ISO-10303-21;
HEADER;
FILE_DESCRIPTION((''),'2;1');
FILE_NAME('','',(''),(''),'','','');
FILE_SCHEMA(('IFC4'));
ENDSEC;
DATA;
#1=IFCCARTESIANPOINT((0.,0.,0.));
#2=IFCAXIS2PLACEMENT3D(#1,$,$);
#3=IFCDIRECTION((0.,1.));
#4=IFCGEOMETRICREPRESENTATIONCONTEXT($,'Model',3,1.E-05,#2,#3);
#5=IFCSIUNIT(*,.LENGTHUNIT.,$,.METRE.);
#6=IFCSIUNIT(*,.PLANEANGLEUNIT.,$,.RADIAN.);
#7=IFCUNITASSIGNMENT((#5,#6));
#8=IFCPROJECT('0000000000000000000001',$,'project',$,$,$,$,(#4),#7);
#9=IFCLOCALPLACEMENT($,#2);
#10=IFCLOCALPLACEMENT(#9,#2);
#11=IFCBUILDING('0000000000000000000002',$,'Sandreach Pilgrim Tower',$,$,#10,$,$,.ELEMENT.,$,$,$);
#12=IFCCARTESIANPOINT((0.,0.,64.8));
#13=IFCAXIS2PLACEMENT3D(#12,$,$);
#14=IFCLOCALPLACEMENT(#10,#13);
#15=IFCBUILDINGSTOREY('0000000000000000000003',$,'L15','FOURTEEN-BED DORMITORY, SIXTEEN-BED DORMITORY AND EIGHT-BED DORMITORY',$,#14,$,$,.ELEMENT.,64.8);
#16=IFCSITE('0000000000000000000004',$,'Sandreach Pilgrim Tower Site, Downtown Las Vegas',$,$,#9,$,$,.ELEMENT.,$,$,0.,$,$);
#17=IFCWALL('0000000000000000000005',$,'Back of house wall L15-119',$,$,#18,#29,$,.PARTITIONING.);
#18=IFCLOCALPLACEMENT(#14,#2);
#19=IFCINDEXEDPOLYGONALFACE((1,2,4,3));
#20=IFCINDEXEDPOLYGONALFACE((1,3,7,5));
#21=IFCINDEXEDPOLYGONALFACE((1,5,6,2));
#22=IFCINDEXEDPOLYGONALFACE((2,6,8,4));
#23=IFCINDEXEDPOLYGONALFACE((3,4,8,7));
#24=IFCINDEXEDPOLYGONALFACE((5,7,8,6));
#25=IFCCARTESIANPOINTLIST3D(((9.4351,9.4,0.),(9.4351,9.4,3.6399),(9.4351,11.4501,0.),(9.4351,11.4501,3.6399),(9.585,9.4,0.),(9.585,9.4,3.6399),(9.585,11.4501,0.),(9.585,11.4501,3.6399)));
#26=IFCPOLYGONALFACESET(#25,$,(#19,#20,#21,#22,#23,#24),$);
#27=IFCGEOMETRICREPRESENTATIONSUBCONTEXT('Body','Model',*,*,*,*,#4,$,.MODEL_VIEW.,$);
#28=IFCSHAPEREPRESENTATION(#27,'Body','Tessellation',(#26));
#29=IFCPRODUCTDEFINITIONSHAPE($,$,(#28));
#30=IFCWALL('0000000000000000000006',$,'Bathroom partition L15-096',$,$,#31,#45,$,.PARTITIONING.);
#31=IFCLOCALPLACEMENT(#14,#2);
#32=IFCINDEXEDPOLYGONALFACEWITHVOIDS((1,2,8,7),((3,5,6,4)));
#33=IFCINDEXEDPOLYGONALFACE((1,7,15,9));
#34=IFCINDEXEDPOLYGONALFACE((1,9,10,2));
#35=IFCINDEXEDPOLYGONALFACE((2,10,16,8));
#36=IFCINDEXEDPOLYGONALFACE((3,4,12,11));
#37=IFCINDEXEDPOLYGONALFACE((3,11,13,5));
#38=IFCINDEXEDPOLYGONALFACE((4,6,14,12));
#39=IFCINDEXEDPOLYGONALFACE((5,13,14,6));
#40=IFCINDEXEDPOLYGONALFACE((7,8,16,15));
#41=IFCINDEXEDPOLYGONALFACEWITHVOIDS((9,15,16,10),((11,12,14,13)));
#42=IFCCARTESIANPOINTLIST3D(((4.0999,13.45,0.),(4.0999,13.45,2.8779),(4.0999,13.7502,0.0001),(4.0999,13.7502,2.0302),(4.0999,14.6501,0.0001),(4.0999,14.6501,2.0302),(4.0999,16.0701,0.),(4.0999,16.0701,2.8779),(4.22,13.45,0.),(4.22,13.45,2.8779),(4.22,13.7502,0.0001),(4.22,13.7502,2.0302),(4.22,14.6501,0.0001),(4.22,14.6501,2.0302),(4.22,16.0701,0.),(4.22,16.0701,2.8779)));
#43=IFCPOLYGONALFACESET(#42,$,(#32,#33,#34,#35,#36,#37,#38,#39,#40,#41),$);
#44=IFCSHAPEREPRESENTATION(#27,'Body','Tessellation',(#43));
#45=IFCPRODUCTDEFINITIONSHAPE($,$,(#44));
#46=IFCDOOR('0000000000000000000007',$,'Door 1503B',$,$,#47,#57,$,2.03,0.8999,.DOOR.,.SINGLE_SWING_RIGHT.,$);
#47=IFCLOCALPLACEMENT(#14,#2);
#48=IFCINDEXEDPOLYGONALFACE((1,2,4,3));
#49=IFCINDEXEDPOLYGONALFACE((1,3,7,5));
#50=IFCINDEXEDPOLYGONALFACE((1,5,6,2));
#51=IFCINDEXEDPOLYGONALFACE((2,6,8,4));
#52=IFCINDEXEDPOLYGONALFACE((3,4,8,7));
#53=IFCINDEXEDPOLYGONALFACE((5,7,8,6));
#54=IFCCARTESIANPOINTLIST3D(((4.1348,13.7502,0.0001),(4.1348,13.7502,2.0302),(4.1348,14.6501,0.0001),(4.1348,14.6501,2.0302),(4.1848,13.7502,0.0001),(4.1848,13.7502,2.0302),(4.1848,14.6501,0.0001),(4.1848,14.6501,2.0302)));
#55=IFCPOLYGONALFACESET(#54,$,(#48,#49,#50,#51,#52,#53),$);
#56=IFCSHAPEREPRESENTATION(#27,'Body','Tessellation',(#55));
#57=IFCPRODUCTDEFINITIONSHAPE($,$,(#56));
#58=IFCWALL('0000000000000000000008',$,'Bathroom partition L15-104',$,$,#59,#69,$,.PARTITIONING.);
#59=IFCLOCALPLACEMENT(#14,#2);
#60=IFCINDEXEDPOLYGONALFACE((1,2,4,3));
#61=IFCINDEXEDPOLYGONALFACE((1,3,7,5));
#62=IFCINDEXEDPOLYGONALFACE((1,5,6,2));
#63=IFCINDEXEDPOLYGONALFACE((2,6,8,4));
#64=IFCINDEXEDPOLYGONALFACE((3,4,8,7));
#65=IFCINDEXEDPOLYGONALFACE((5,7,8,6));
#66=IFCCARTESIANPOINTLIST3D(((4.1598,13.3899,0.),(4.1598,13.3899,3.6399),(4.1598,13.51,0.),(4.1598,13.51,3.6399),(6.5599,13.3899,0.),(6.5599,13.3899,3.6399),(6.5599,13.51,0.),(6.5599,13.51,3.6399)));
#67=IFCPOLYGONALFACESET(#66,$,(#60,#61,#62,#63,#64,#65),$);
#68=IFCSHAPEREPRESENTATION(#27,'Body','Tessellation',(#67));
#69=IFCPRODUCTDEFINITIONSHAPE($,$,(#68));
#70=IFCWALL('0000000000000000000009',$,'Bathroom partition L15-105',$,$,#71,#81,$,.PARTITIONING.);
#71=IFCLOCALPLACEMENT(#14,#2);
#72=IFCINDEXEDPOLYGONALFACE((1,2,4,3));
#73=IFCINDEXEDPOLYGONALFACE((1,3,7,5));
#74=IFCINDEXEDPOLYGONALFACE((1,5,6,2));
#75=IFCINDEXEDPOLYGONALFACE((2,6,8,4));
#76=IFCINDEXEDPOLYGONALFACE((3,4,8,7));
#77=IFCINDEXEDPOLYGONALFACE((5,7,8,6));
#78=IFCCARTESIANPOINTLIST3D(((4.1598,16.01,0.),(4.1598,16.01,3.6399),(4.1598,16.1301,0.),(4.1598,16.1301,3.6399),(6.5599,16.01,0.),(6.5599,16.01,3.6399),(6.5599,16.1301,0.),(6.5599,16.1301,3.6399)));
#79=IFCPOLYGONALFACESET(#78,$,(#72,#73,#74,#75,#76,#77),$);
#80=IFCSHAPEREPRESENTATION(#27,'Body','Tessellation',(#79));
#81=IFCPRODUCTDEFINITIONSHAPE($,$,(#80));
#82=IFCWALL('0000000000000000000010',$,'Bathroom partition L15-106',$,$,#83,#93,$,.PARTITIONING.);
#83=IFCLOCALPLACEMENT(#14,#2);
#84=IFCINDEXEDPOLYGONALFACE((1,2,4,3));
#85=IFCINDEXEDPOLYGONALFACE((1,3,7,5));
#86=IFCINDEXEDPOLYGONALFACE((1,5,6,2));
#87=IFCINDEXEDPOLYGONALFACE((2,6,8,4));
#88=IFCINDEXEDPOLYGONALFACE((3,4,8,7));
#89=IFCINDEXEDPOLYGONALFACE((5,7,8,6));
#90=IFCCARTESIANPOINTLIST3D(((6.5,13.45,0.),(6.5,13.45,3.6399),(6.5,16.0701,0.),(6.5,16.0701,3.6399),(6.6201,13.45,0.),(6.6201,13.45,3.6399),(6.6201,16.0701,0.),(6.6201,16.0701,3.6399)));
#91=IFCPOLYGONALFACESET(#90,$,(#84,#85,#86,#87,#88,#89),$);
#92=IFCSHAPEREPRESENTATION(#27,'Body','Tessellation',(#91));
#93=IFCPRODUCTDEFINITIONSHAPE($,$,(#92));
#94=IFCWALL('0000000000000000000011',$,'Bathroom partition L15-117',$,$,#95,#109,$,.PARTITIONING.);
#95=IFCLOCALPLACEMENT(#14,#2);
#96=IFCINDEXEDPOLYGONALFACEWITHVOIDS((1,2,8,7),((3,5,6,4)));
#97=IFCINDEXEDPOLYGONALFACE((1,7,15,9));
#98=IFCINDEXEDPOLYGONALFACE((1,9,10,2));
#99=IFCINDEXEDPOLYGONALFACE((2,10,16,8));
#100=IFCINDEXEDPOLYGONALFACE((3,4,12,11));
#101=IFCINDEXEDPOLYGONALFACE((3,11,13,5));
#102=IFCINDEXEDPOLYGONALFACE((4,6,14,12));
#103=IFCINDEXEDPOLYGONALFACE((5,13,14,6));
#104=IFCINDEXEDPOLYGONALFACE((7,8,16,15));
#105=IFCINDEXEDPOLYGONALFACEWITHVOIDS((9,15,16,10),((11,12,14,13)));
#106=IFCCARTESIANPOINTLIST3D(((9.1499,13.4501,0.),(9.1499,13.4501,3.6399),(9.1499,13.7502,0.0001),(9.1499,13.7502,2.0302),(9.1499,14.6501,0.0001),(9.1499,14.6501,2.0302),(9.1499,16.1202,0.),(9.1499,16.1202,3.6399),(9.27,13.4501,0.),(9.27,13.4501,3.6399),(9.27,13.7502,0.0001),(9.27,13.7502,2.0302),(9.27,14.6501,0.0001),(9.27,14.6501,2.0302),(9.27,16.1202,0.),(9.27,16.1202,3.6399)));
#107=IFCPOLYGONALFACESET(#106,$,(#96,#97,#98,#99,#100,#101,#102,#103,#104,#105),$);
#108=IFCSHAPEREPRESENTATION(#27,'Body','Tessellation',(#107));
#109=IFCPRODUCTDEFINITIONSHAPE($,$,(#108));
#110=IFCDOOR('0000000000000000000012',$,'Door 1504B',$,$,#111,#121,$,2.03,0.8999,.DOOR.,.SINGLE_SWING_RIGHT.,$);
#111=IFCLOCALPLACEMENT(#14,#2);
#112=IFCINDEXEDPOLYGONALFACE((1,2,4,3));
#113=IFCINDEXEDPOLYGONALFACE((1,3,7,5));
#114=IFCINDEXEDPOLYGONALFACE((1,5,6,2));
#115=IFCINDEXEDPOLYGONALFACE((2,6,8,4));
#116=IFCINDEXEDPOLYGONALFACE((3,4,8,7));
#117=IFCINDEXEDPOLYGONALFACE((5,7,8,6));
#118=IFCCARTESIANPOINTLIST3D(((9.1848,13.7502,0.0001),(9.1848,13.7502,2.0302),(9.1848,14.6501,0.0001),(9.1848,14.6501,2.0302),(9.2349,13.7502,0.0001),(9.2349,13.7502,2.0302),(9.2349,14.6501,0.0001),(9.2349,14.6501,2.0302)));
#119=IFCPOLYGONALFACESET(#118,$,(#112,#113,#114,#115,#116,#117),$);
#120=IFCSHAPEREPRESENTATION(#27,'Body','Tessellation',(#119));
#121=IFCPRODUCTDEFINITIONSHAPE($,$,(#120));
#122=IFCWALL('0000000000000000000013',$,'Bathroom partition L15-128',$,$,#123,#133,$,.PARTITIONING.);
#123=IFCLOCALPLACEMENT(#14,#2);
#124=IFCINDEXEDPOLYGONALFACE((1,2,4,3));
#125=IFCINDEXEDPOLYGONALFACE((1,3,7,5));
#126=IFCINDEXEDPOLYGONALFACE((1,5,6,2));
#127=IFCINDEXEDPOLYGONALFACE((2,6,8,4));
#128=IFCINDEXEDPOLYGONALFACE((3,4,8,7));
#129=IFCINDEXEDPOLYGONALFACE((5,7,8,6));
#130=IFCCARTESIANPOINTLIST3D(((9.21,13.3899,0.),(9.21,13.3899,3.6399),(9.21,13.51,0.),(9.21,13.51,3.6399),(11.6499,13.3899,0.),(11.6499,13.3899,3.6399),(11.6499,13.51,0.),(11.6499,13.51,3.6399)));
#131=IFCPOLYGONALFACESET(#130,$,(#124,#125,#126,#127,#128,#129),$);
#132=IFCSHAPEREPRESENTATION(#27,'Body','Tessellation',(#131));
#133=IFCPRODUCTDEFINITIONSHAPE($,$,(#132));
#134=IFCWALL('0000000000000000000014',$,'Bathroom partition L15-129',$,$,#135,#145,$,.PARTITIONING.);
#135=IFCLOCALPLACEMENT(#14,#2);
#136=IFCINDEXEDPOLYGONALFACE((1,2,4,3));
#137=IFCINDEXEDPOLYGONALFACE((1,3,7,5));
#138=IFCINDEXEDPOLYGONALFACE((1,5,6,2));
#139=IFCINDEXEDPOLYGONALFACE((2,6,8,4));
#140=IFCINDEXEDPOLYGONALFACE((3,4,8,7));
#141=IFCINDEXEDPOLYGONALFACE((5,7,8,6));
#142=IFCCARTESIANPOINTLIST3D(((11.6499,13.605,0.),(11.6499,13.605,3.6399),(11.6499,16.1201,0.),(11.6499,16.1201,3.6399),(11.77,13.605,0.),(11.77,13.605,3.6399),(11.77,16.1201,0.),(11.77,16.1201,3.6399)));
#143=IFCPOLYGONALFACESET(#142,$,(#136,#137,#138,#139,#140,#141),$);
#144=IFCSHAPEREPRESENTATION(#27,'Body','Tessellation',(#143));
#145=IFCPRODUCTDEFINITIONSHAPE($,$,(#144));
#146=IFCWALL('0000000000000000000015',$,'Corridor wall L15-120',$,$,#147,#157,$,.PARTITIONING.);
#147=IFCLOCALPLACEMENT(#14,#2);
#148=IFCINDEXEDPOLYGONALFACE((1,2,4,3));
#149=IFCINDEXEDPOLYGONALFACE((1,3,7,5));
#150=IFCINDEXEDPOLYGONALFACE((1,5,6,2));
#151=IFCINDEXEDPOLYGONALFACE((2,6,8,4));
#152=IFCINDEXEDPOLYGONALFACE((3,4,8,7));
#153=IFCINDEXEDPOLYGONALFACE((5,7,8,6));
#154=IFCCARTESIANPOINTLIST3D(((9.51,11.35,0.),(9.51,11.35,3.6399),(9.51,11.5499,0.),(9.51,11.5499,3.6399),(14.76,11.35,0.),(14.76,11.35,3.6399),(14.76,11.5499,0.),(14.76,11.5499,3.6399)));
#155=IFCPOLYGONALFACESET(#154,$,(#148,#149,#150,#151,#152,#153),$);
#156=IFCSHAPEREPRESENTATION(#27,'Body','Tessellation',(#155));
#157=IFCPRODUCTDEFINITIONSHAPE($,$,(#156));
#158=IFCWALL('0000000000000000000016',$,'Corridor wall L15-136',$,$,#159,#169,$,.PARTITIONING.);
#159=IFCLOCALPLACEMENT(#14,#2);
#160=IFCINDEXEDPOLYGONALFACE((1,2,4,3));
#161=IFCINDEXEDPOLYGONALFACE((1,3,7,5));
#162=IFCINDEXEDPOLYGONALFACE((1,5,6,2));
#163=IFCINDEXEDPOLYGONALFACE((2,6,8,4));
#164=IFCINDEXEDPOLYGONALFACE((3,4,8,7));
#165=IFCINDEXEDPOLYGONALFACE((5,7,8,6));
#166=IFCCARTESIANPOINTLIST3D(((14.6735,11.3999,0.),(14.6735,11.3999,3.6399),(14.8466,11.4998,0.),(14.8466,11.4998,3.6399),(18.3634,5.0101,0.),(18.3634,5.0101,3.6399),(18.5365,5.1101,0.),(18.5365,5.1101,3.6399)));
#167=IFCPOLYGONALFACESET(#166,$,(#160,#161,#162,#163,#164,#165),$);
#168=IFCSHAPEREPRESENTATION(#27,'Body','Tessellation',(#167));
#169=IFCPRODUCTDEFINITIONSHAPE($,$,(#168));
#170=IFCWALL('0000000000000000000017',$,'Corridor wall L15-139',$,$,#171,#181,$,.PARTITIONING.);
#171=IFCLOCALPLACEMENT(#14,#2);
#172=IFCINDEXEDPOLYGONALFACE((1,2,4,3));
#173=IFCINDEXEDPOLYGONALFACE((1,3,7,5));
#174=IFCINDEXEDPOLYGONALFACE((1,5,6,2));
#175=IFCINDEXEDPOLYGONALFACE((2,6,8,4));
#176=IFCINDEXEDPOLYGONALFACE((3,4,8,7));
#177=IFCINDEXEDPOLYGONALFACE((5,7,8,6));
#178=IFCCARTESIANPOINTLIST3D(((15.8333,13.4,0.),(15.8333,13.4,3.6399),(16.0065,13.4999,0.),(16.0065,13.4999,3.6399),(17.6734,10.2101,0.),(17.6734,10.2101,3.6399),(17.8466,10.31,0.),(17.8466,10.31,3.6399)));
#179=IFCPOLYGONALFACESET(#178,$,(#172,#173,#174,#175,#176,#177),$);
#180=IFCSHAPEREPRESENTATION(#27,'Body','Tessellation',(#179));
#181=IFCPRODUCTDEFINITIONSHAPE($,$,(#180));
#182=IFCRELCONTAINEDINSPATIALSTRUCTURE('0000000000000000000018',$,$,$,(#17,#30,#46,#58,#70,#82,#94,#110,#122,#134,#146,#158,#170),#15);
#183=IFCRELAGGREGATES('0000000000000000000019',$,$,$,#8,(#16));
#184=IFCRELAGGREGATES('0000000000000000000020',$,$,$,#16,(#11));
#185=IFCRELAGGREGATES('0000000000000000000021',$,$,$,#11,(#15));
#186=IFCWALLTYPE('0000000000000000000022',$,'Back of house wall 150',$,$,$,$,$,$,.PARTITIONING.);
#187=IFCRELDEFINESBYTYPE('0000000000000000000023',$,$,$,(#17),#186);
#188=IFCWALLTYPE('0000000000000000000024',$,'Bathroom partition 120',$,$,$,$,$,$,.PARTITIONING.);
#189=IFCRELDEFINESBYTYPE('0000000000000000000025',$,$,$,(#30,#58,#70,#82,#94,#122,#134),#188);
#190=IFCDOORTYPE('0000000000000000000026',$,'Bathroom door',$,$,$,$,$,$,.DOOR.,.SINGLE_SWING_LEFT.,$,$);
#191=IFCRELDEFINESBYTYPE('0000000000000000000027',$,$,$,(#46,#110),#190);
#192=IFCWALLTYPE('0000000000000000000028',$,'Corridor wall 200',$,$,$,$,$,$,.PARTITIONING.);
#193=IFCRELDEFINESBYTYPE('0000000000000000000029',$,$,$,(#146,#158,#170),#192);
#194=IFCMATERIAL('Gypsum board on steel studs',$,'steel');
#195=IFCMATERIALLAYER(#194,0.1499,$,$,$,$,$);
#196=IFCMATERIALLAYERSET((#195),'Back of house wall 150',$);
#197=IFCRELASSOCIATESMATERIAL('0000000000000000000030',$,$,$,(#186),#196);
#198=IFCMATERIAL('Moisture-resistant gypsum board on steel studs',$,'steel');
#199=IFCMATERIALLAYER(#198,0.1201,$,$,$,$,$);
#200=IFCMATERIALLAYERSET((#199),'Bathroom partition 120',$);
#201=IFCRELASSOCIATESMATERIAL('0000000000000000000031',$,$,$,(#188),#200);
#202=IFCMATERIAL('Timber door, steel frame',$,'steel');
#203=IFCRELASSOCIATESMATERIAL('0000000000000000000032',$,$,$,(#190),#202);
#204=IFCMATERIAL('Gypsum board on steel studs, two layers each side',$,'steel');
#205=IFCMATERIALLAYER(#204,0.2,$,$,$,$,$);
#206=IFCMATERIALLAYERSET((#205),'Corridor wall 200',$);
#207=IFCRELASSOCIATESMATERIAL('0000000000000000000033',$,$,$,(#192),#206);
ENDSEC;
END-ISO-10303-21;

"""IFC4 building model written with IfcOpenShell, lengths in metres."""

from ifc_helpers import new_model, si_unit, direction, frame, frame_2d, origin, place, context, subcontext, project, spatial, rectangle, extrude, material, layer, layer_set, type_object, element, fill, save


model = new_model("IFC4")

# Units and contexts
model_context = context("Model", 3, precision=1e-05, world=origin(), true_north=direction((0.0, 1.0)))
body_context = subcontext(model_context, "Body", "Model", "MODEL_VIEW")
ifc_project = project(units=[si_unit("LENGTHUNIT", "METRE"), si_unit("PLANEANGLEUNIT", "RADIAN")], contexts=[model_context])

# Site, building, storey
site_placement = place(None, origin())
site = spatial("IfcSite", under=ifc_project, at=site_placement, Name="Sandreach Pilgrim Tower Site, Downtown Las Vegas", CompositionType="ELEMENT", RefElevation=0.0)
building_placement = place(site_placement, origin())
building = spatial("IfcBuilding", under=site, at=building_placement, Name="Sandreach Pilgrim Tower", CompositionType="ELEMENT")
storey_placement = place(building_placement, frame((0.0, 0.0, 64.8)))
storey = spatial("IfcBuildingStorey", under=building, at=storey_placement, Name="L15", Description="FOURTEEN-BED DORMITORY, SIXTEEN-BED DORMITORY AND EIGHT-BED DORMITORY", CompositionType="ELEMENT", Elevation=64.8)

# Wall
ifc_material_1 = material(Name="Gypsum board on steel studs", Category="steel")
ifc_layer_1 = layer(ifc_material_1, 0.1499)
ifc_layer_set_1 = layer_set([ifc_layer_1], Name="Back of house wall 150")
wall_type_1 = type_object("IfcWallType", Name="Back of house wall 150", PredefinedType="PARTITIONING", material=ifc_layer_set_1)
wall_1_placement = place(storey_placement, frame((9.51, 11.45, 0.0), z_axis=(0.0, 0.0, 1.0), x_axis=(0.0, -1.0, 0.0)))
element("IfcWall", 1, at=wall_1_placement, inside=storey, type_object=wall_type_1, Name="Back of house wall L15-119", PredefinedType="PARTITIONING", context=body_context, shape_type="SweptSolid", body=[
    extrude(rectangle(XDim=2.05, YDim=0.1499, at=frame_2d((1.0249, 0.0))), origin(), (0.0, 0.0, 1.0), 3.6399),
])

# Wall, opening, door
ifc_material_2 = material(Name="Moisture-resistant gypsum board on steel studs", Category="steel")
ifc_layer_2 = layer(ifc_material_2, 0.1201)
ifc_layer_set_2 = layer_set([ifc_layer_2], Name="Bathroom partition 120")
wall_type_2 = type_object("IfcWallType", Name="Bathroom partition 120", PredefinedType="PARTITIONING", material=ifc_layer_set_2)
wall_2_placement = place(storey_placement, frame((4.1599, 16.0701, 0.0), z_axis=(0.0, 0.0, 1.0), x_axis=(0.0, -1.0, 0.0)))
wall_2 = element("IfcWall", 2, at=wall_2_placement, inside=storey, type_object=wall_type_2, Name="Bathroom partition L15-096", PredefinedType="PARTITIONING", context=body_context, shape_type="SweptSolid", body=[
    extrude(rectangle(XDim=2.6201, YDim=0.1201, at=frame_2d((1.3101, 0.0))), origin(), (0.0, 0.0, 1.0), 2.8779),
])
opening_1_placement = place(wall_2_placement, frame((1.4199, 0.0, 0.0)))
opening_1 = element("IfcOpeningElement", 3, at=opening_1_placement, cuts=wall_2, PredefinedType="OPENING", context=body_context, shape_type="SweptSolid", body=[
    extrude(rectangle(XDim=0.8999, YDim=2.03, at=frame_2d((0.45, 1.0151))), frame((0.0, 0.0601, 0.0), z_axis=(0.0, -1.0, 0.0), x_axis=(1.0, 0.0, 0.0)), (0.0, 0.0, 1.0), 0.1201),
])
ifc_material_3 = material(Name="Timber door, steel frame", Category="steel")
door_type_1 = type_object("IfcDoorType", Name="Bathroom door", OperationType="SINGLE_SWING_LEFT", PredefinedType="DOOR", material=ifc_material_3)
door_1_placement = place(opening_1_placement, origin())
door_1 = element("IfcDoor", 4, at=door_1_placement, inside=storey, type_object=door_type_1, Name="Door 1503B", OperationType="SINGLE_SWING_RIGHT", OverallHeight=2.03, OverallWidth=0.8999, PredefinedType="DOOR", context=body_context, shape_type="SweptSolid", body=[
    extrude(rectangle(XDim=0.8999, YDim=2.03, at=frame_2d((0.45, 1.0151))), frame((0.0, 0.0249, 0.0), z_axis=(0.0, -1.0, 0.0), x_axis=(1.0, 0.0, 0.0)), (0.0, 0.0, 1.0), 0.05),
])
fill(opening_1, door_1)

# Walls
for number, where, z_axis, x_axis, name in (
    (5, (6.5601, 13.45, 0.0), (0.0, 0.0, 1.0), (-1.0, 0.0, 0.0), "Bathroom partition L15-104"),
    (6, (6.5601, 16.0701, 0.0), (0.0, 0.0, 1.0), (-1.0, 0.0, 0.0), "Bathroom partition L15-105"),
):
    element("IfcWall", number, at=place(storey_placement, frame(where, z_axis=z_axis, x_axis=x_axis)), inside=storey, type_object=wall_type_2, Name=name, PredefinedType="PARTITIONING", context=body_context, shape_type="SweptSolid", body=[
        extrude(rectangle(XDim=2.4001, YDim=0.1201, at=frame_2d((1.2002, 0.0))), origin(), (0.0, 0.0, 1.0), 3.6399),
    ])
wall_3_placement = place(storey_placement, frame((6.5601, 16.0701, 0.0), z_axis=(0.0, 0.0, 1.0), x_axis=(0.0, -1.0, 0.0)))
element("IfcWall", 7, at=wall_3_placement, inside=storey, type_object=wall_type_2, Name="Bathroom partition L15-106", PredefinedType="PARTITIONING", context=body_context, shape_type="SweptSolid", body=[
    extrude(rectangle(XDim=2.6201, YDim=0.1201, at=frame_2d((1.3101, 0.0))), origin(), (0.0, 0.0, 1.0), 3.6399),
])

# Wall, opening, door
wall_4_placement = place(storey_placement, frame((9.21, 16.1201, 0.0), z_axis=(0.0, 0.0, 1.0), x_axis=(0.0, -1.0, 0.0)))
wall_4 = element("IfcWall", 8, at=wall_4_placement, inside=storey, type_object=wall_type_2, Name="Bathroom partition L15-117", PredefinedType="PARTITIONING", context=body_context, shape_type="SweptSolid", body=[
    extrude(rectangle(XDim=2.6702, YDim=0.1201, at=frame_2d((1.335, 0.0))), origin(), (0.0, 0.0, 1.0), 3.6399),
])
opening_2_placement = place(wall_4_placement, frame((1.47, 0.0, 0.0)))
opening_2 = element("IfcOpeningElement", 9, at=opening_2_placement, cuts=wall_4, PredefinedType="OPENING", context=body_context, shape_type="SweptSolid", body=[
    extrude(rectangle(XDim=0.8999, YDim=2.03, at=frame_2d((0.45, 1.0151))), frame((0.0, 0.0601, 0.0), z_axis=(0.0, -1.0, 0.0), x_axis=(1.0, 0.0, 0.0)), (0.0, 0.0, 1.0), 0.1201),
])
door_2_placement = place(opening_2_placement, origin())
door_2 = element("IfcDoor", 10, at=door_2_placement, inside=storey, type_object=door_type_1, Name="Door 1504B", OperationType="SINGLE_SWING_RIGHT", OverallHeight=2.03, OverallWidth=0.8999, PredefinedType="DOOR", context=body_context, shape_type="SweptSolid", body=[
    extrude(rectangle(XDim=0.8999, YDim=2.03, at=frame_2d((0.45, 1.0151))), frame((0.0, 0.0249, 0.0), z_axis=(0.0, -1.0, 0.0), x_axis=(1.0, 0.0, 0.0)), (0.0, 0.0, 1.0), 0.05),
])
fill(opening_2, door_2)

# Walls
wall_5_placement = place(storey_placement, frame((11.6499, 13.45, 0.0), z_axis=(0.0, 0.0, 1.0), x_axis=(-1.0, 0.0, 0.0)))
element("IfcWall", 11, at=wall_5_placement, inside=storey, type_object=wall_type_2, Name="Bathroom partition L15-128", PredefinedType="PARTITIONING", context=body_context, shape_type="SweptSolid", body=[
    extrude(rectangle(XDim=2.4399, YDim=0.1201, at=frame_2d((1.22, 0.0))), origin(), (0.0, 0.0, 1.0), 3.6399),
])
wall_6_placement = place(storey_placement, frame((11.71, 13.605, 0.0), z_axis=(0.0, 0.0, 1.0), x_axis=(0.0, 1.0, 0.0)))
element("IfcWall", 12, at=wall_6_placement, inside=storey, type_object=wall_type_2, Name="Bathroom partition L15-129", PredefinedType="PARTITIONING", context=body_context, shape_type="SweptSolid", body=[
    extrude(rectangle(XDim=2.5151, YDim=0.1201, at=frame_2d((1.2576, 0.0))), origin(), (0.0, 0.0, 1.0), 3.6399),
])

# Shared definitions
ifc_material_4 = material(Name="Gypsum board on steel studs, two layers each side", Category="steel")
ifc_layer_3 = layer(ifc_material_4, 0.2)
ifc_layer_set_3 = layer_set([ifc_layer_3], Name="Corridor wall 200")
wall_type_3 = type_object("IfcWallType", Name="Corridor wall 200", PredefinedType="PARTITIONING", material=ifc_layer_set_3)

# Walls
wall_7_placement = place(storey_placement, frame((9.51, 11.45, 0.0), z_axis=(0.0, 0.0, 1.0), x_axis=(1.0, 0.0, 0.0)))
element("IfcWall", 13, at=wall_7_placement, inside=storey, type_object=wall_type_3, Name="Corridor wall L15-120", PredefinedType="PARTITIONING", context=body_context, shape_type="SweptSolid", body=[
    extrude(rectangle(XDim=5.25, YDim=0.2, at=frame_2d((2.625, 0.0))), origin(), (0.0, 0.0, 1.0), 3.6399),
])
wall_8_placement = place(storey_placement, frame((14.76, 11.45, 0.0), z_axis=(0.0, 0.0, 1.0), x_axis=(0.500075, -0.865982, 0.0)))
element("IfcWall", 14, at=wall_8_placement, inside=storey, type_object=wall_type_3, Name="Corridor wall L15-136", PredefinedType="PARTITIONING", context=body_context, shape_type="SweptSolid", body=[
    extrude(rectangle(XDim=7.3787, YDim=0.2, at=frame_2d((3.6895, 0.0))), origin(), (0.0, 0.0, 1.0), 3.6399),
])

# Wall
wall_9_placement = place(storey_placement, frame((15.9199, 13.45, 0.0), z_axis=(0.0, 0.0, 1.0), x_axis=(0.499669, -0.866216, 0.0)))
element("IfcWall", 15, at=wall_9_placement, inside=storey, type_object=wall_type_3, Name="Corridor wall L15-139", PredefinedType="PARTITIONING", context=body_context, shape_type="SweptSolid", body=[
    extrude(rectangle(XDim=3.6826, YDim=0.2, at=frame_2d((1.8413, 0.0))), origin(), (0.0, 0.0, 1.0), 3.6399),
])

save(model, "model.ifc")
